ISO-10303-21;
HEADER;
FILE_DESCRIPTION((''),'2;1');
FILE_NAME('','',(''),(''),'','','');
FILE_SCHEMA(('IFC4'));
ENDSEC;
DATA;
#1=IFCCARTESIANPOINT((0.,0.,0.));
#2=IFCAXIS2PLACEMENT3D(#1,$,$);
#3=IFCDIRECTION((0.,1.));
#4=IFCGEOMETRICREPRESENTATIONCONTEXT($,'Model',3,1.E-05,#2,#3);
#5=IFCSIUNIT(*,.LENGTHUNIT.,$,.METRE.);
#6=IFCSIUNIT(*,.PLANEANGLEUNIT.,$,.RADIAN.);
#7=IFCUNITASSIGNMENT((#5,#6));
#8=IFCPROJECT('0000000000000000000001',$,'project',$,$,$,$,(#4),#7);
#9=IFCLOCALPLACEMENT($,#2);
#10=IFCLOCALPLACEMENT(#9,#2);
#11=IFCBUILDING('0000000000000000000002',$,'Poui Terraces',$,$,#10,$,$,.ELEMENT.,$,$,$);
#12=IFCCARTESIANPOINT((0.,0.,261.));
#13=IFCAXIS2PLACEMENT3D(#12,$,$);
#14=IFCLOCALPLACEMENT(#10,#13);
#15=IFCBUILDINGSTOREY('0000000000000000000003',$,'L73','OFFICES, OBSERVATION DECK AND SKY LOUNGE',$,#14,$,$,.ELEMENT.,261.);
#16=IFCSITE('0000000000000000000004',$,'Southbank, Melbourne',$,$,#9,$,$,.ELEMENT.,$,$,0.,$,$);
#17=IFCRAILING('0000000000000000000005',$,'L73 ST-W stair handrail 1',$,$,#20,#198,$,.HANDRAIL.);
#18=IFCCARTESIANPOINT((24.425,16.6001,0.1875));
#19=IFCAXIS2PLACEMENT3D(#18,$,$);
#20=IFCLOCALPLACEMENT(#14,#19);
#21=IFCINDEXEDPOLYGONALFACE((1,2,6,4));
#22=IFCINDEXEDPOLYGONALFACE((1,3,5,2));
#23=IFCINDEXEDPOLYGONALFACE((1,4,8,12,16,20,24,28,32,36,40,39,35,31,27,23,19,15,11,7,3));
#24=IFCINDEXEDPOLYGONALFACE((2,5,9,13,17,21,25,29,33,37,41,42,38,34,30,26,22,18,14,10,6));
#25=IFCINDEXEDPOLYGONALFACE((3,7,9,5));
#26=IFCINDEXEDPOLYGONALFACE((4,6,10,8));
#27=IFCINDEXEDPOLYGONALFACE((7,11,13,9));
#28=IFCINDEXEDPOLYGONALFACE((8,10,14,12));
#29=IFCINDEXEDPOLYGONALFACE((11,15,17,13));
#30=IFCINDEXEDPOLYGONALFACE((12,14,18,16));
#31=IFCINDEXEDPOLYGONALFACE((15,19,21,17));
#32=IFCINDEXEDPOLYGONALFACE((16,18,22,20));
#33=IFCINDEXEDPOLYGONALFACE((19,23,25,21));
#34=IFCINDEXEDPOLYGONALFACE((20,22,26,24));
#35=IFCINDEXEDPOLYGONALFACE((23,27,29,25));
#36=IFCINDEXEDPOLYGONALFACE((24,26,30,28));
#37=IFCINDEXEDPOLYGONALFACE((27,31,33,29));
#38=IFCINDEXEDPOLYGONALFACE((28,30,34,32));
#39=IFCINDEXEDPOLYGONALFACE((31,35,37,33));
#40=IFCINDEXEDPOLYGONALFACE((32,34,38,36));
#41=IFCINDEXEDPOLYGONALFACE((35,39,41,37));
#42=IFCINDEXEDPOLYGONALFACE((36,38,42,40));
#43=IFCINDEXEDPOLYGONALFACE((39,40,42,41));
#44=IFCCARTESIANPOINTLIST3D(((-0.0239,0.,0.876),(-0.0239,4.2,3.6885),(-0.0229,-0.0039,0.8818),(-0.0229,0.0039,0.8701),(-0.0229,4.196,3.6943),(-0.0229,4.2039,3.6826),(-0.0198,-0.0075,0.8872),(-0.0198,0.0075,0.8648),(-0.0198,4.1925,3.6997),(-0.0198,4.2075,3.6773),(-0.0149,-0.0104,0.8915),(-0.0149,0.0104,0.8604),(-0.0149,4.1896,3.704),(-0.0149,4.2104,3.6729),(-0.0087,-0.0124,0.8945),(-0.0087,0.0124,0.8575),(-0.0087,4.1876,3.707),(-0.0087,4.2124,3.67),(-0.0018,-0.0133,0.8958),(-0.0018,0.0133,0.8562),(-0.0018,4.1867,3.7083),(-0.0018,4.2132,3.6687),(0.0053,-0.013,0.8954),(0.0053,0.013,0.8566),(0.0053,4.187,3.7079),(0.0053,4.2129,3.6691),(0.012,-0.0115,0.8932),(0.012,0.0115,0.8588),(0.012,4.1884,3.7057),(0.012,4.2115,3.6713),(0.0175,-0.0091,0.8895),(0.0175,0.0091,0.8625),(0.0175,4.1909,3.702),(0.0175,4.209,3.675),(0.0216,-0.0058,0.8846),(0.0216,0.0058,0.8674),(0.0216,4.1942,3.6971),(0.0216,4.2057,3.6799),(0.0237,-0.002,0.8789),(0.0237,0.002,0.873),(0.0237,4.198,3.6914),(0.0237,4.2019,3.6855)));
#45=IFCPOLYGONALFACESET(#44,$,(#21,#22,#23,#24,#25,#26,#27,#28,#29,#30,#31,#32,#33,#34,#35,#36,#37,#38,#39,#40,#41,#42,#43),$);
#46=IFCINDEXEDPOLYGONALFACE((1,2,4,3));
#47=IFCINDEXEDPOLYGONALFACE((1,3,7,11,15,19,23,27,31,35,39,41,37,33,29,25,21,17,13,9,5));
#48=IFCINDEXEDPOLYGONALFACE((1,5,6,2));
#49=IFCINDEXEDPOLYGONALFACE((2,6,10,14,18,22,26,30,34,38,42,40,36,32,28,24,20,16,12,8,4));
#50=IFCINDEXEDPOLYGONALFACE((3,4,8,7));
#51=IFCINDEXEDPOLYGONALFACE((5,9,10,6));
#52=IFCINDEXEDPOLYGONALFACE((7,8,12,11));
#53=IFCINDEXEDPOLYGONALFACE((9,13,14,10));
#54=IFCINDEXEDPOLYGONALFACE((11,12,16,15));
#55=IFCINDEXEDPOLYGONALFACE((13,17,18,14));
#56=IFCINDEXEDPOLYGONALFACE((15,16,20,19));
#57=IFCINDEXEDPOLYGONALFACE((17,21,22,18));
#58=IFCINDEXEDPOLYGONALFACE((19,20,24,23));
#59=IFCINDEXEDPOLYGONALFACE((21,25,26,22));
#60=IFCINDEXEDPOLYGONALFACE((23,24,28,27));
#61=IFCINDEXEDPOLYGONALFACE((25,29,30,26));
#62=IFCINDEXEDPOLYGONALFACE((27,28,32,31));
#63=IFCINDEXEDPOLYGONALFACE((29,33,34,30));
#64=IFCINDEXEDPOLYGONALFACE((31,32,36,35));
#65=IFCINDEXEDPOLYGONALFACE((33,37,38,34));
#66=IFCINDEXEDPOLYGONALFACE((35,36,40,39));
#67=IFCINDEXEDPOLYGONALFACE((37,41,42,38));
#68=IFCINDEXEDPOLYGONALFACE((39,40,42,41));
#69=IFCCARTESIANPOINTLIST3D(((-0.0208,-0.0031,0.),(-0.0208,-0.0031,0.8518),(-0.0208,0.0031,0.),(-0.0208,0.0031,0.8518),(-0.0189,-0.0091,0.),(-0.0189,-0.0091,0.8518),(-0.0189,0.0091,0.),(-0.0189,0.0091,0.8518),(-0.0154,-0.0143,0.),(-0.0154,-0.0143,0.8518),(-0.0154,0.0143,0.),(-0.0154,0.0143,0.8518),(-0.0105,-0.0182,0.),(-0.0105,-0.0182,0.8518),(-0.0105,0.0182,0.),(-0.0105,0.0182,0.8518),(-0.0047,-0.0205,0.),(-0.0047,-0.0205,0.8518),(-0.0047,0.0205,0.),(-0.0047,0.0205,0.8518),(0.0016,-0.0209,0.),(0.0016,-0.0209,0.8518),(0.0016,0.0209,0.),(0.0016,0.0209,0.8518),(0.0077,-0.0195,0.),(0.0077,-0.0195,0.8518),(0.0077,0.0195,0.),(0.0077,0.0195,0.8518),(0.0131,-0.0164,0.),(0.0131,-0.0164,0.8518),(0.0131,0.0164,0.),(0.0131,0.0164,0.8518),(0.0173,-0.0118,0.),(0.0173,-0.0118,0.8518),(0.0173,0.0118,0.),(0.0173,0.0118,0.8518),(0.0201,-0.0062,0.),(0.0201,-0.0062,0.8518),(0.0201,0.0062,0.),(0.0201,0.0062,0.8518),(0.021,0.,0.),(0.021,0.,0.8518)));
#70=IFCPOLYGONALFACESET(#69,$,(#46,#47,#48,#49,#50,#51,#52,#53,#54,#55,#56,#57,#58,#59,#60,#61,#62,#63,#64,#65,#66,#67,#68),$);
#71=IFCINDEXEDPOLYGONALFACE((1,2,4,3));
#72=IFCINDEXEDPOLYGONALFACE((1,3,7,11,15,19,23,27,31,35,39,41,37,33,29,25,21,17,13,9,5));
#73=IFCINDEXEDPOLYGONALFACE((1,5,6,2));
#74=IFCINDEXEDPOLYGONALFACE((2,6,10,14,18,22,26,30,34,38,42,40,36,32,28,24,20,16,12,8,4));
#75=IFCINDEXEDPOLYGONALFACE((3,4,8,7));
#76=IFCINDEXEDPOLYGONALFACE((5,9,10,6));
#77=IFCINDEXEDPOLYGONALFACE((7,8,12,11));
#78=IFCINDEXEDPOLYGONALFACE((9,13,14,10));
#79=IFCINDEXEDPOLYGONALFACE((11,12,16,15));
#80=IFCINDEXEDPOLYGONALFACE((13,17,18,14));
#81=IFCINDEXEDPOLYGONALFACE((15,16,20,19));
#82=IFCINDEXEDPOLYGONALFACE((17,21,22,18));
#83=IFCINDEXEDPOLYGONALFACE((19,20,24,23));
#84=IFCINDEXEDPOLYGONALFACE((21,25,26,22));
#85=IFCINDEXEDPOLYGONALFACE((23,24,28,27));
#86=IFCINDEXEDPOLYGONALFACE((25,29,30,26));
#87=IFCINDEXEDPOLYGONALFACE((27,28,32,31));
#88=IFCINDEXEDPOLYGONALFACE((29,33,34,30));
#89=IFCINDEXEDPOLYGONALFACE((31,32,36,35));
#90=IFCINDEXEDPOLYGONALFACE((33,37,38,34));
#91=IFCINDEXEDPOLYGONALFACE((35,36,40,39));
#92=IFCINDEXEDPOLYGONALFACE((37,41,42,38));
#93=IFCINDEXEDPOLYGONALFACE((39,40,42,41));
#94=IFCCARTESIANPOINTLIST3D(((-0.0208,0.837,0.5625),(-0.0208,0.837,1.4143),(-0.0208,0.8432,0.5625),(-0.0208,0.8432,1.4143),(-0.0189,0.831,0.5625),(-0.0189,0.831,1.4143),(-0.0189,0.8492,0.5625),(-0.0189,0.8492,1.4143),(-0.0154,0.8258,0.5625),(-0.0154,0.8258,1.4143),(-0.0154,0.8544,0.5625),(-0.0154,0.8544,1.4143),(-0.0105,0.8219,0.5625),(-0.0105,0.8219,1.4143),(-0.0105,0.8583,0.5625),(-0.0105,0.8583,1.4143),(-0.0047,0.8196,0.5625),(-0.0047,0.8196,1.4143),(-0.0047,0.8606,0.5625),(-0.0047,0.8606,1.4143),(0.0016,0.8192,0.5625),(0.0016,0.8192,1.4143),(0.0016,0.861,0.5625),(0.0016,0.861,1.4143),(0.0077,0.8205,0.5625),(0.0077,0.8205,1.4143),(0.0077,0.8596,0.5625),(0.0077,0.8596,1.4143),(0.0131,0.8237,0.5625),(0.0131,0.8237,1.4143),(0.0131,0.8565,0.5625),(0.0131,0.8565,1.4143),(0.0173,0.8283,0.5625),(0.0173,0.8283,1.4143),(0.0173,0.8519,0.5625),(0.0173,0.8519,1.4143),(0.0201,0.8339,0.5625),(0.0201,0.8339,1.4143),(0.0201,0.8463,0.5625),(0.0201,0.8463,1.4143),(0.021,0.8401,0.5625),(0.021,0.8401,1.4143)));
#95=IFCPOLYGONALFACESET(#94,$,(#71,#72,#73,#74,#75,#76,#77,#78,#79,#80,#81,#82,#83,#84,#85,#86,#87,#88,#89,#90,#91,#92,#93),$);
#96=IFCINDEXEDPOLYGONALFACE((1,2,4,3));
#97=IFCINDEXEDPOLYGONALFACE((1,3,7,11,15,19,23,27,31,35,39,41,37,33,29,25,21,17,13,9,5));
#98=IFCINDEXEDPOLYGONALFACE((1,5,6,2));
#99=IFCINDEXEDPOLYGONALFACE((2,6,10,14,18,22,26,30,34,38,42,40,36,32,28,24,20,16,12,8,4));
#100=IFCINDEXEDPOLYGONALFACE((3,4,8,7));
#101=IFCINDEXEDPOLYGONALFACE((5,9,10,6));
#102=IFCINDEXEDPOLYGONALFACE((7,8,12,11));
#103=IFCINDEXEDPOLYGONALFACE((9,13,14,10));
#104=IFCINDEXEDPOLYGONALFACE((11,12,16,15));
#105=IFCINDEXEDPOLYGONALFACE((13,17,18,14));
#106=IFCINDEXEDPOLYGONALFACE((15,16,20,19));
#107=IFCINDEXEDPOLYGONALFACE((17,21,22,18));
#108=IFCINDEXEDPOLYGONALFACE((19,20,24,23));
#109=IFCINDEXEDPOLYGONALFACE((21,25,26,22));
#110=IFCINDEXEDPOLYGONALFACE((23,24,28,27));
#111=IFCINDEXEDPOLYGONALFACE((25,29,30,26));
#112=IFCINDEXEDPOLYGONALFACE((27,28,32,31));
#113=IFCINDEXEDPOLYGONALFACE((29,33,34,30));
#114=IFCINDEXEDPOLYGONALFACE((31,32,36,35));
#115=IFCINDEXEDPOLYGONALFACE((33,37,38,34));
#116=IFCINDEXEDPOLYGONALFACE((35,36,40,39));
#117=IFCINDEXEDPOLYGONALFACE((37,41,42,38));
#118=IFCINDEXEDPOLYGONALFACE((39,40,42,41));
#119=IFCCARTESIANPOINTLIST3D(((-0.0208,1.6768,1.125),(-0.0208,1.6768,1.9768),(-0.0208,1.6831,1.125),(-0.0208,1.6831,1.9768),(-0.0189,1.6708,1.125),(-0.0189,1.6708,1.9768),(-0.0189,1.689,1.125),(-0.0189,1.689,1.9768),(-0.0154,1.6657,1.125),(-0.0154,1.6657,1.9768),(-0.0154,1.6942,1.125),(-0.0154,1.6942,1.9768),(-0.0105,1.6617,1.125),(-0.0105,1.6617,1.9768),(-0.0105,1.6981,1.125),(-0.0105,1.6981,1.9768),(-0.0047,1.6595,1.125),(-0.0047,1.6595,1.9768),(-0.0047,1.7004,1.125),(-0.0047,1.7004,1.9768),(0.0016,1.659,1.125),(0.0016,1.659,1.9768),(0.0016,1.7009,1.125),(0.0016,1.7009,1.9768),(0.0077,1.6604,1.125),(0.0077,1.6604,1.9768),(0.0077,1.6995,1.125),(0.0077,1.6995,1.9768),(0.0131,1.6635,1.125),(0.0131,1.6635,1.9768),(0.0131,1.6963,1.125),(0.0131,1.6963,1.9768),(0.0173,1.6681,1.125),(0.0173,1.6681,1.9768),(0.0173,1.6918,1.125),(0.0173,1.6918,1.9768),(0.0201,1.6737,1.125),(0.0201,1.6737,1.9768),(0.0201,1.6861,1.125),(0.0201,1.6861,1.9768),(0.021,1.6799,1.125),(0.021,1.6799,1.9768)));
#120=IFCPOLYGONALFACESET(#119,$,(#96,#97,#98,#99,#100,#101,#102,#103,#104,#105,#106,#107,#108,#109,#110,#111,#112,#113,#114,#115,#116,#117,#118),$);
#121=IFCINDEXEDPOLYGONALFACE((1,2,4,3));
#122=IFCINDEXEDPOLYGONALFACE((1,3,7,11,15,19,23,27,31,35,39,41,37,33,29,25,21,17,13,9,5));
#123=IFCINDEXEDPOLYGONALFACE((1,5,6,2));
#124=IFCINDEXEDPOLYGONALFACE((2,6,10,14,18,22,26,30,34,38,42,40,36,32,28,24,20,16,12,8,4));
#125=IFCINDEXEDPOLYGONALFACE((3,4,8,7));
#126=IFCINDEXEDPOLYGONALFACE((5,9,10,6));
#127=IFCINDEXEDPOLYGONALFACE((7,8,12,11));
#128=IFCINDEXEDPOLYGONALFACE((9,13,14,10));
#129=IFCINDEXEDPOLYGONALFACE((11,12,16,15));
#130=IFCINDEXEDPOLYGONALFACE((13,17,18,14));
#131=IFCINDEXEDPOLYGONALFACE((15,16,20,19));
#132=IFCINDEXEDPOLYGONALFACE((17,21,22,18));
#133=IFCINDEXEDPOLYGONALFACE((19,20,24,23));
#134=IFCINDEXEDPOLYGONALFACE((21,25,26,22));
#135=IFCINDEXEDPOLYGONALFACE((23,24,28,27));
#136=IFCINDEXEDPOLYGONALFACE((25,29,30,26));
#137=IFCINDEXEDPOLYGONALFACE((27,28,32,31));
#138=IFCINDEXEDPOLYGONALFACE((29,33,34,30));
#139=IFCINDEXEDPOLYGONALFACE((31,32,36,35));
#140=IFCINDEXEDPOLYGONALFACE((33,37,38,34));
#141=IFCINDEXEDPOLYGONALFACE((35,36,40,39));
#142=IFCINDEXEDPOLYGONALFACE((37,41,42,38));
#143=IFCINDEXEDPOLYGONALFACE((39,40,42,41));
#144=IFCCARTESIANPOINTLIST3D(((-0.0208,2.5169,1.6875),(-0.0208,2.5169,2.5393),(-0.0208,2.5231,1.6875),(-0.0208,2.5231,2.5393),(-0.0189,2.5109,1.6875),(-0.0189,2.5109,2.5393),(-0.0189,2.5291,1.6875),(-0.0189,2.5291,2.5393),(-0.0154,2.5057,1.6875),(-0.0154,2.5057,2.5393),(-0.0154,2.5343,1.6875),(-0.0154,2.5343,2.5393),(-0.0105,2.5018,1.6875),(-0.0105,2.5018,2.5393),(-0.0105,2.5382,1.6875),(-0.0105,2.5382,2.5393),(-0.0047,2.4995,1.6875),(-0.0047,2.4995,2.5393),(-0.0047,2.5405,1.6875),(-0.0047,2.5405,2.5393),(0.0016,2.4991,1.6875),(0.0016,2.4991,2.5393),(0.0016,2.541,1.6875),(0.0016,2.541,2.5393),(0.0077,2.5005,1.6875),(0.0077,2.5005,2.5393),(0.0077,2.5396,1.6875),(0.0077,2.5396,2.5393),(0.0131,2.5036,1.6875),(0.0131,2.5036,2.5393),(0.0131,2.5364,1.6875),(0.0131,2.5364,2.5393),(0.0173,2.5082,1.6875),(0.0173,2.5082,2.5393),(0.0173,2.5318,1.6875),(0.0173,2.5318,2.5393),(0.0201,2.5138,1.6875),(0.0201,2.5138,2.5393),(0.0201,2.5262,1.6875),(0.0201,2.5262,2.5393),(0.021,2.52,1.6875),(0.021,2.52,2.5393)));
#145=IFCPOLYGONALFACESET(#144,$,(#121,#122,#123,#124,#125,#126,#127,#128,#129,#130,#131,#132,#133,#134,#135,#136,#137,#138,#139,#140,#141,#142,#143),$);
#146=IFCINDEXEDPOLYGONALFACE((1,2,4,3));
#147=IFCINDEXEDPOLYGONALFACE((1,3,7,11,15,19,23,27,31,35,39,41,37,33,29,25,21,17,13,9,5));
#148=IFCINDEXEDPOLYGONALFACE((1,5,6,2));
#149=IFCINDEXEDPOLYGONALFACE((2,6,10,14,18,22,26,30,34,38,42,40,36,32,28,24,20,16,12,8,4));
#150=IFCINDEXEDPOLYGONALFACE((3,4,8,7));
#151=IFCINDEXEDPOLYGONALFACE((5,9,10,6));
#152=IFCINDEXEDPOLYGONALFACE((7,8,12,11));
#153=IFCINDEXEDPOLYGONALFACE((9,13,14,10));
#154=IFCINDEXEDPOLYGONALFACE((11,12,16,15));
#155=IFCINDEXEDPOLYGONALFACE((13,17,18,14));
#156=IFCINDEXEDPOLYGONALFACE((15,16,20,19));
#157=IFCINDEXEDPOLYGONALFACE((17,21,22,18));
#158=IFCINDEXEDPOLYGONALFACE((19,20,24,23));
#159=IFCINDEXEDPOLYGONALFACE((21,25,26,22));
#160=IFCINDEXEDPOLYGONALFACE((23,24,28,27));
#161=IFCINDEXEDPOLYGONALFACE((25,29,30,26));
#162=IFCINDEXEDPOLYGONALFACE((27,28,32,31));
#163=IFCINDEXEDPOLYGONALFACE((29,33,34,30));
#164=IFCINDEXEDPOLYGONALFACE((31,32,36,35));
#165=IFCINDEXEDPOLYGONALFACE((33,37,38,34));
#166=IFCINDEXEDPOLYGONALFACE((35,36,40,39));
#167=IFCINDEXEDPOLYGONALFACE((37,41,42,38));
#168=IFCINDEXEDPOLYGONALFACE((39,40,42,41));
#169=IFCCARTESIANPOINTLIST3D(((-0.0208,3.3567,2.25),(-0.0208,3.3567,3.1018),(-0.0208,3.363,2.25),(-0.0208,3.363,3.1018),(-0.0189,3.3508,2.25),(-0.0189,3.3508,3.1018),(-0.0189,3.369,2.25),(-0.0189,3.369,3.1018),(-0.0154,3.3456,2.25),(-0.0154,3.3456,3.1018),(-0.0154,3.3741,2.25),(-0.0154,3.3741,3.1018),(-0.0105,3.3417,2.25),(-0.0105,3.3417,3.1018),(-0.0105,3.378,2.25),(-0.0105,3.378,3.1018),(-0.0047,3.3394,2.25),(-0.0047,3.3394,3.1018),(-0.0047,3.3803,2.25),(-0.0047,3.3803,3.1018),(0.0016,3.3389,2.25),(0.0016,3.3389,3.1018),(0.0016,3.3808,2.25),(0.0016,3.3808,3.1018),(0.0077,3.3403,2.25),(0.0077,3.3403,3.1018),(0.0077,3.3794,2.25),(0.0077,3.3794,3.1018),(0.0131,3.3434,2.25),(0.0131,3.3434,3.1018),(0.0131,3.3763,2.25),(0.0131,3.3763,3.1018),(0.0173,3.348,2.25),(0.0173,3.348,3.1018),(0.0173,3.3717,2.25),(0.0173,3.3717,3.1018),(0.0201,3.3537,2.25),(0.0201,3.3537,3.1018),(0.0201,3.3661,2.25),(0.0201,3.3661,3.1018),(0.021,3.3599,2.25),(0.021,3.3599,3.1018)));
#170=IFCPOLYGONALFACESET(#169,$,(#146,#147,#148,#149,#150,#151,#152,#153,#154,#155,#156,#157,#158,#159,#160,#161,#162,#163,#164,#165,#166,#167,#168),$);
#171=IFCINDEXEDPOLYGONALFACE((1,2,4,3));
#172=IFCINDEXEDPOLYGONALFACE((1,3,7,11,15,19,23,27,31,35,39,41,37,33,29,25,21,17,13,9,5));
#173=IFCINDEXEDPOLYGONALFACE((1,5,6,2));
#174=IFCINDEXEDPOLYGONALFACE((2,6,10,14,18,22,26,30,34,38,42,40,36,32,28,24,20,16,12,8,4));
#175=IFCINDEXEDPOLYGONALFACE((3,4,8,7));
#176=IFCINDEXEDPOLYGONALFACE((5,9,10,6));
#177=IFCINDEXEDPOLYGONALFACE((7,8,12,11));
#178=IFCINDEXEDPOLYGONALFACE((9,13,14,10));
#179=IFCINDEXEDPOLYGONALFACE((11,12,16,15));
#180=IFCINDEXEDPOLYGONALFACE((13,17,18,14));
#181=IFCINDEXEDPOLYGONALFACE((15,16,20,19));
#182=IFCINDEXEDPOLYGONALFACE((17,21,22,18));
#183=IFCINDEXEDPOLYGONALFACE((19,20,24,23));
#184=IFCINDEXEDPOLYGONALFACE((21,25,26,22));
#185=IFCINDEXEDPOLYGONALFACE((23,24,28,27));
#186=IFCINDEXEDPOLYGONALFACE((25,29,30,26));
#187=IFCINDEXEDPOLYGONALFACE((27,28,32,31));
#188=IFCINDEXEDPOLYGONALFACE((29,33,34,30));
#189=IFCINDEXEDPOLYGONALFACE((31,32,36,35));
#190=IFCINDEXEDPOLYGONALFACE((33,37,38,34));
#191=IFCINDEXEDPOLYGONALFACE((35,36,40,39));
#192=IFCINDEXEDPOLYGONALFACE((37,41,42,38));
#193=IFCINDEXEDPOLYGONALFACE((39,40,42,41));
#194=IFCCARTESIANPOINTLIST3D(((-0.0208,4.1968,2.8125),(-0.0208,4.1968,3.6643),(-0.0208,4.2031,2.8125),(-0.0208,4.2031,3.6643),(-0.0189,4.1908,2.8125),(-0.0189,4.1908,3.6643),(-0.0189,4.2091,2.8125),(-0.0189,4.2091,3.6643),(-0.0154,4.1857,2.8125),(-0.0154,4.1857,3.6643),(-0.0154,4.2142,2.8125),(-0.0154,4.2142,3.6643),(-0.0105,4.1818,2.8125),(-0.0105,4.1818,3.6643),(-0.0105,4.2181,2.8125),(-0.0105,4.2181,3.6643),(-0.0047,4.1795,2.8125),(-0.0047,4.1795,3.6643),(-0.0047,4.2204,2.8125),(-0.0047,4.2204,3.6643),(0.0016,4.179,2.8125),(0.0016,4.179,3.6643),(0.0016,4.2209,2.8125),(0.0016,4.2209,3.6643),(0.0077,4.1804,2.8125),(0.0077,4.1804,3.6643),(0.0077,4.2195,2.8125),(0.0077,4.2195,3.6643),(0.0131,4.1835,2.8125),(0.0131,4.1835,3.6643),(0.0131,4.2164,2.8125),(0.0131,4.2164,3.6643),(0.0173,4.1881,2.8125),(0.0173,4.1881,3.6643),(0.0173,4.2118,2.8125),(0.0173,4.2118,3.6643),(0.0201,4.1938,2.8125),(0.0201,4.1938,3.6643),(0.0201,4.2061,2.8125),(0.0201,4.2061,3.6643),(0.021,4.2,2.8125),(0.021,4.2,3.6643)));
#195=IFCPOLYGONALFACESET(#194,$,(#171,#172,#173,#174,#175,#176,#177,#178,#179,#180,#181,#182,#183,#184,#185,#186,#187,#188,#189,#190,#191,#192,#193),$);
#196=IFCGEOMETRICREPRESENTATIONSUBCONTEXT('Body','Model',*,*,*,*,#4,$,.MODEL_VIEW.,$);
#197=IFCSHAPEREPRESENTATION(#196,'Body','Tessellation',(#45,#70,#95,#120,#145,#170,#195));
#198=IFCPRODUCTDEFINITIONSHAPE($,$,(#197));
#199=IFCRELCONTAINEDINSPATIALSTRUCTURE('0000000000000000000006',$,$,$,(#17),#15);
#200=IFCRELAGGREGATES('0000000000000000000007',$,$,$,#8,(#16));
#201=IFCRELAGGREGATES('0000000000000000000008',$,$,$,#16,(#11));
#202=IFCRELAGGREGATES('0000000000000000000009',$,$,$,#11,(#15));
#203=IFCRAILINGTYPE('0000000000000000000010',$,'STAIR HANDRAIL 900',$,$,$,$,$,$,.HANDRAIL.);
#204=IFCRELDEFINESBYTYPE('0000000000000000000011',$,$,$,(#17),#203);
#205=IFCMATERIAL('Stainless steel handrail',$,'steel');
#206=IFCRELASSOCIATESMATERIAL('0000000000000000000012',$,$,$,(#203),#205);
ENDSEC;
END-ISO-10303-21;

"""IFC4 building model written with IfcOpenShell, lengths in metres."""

from ifc_helpers import new_model, si_unit, direction, frame, origin, origin_2d, place, context, subcontext, project, spatial, circle, extrude, material, type_object, element, save


model = new_model("IFC4")

# Units and contexts
model_context = context("Model", 3, precision=1e-05, world=origin(), true_north=direction((0.0, 1.0)))
body_context = subcontext(model_context, "Body", "Model", "MODEL_VIEW")
ifc_project = project(units=[si_unit("LENGTHUNIT", "METRE"), si_unit("PLANEANGLEUNIT", "RADIAN")], contexts=[model_context])

# Site, building, storey
site_placement = place(None, origin())
site = spatial("IfcSite", under=ifc_project, at=site_placement, Name="Southbank, Melbourne", CompositionType="ELEMENT", RefElevation=0.0)
building_placement = place(site_placement, origin())
building = spatial("IfcBuilding", under=site, at=building_placement, Name="Poui Terraces", CompositionType="ELEMENT")
storey_placement = place(building_placement, frame((0.0, 0.0, 261.0)))
storey = spatial("IfcBuildingStorey", under=building, at=storey_placement, Name="L73", Description="OFFICES, OBSERVATION DECK AND SKY LOUNGE", CompositionType="ELEMENT", Elevation=261.0)

# Railing
ifc_material_1 = material(Name="Stainless steel handrail", Category="steel")
railing_type_1 = type_object("IfcRailingType", Name="STAIR HANDRAIL 900", PredefinedType="HANDRAIL", material=ifc_material_1)
railing_1_placement = place(storey_placement, frame((24.425, 16.6001, 0.1875)))
element("IfcRailing", 1, at=railing_1_placement, inside=storey, type_object=railing_type_1, Name="L73 ST-W stair handrail 1", PredefinedType="HANDRAIL", context=body_context, shape_type="SweptSolid", body=[
    extrude(circle(Radius=0.0239, at=origin_2d()), frame((0.0, 0.0, 0.876), z_axis=(0.0, 0.830904, 0.556416), x_axis=(-1.0, 0.0, 0.0)), (0.0, 0.0, 1.0), 5.0547),
    extrude(circle(Radius=0.021, at=origin_2d()), origin(), (0.0, 0.0, 1.0), 0.8518),
    extrude(circle(Radius=0.021, at=origin_2d()), frame((0.0, 0.8401, 0.5625)), (0.0, 0.0, 1.0), 0.8518),
    extrude(circle(Radius=0.021, at=origin_2d()), frame((0.0, 1.6799, 1.125)), (0.0, 0.0, 1.0), 0.8518),
    extrude(circle(Radius=0.021, at=origin_2d()), frame((0.0, 2.52, 1.6875)), (0.0, 0.0, 1.0), 0.8518),
    extrude(circle(Radius=0.021, at=origin_2d()), frame((0.0, 3.3599, 2.25)), (0.0, 0.0, 1.0), 0.8518),
    extrude(circle(Radius=0.021, at=origin_2d()), frame((0.0, 4.2, 2.8125)), (0.0, 0.0, 1.0), 0.8518),
])

save(model, "model.ifc")
